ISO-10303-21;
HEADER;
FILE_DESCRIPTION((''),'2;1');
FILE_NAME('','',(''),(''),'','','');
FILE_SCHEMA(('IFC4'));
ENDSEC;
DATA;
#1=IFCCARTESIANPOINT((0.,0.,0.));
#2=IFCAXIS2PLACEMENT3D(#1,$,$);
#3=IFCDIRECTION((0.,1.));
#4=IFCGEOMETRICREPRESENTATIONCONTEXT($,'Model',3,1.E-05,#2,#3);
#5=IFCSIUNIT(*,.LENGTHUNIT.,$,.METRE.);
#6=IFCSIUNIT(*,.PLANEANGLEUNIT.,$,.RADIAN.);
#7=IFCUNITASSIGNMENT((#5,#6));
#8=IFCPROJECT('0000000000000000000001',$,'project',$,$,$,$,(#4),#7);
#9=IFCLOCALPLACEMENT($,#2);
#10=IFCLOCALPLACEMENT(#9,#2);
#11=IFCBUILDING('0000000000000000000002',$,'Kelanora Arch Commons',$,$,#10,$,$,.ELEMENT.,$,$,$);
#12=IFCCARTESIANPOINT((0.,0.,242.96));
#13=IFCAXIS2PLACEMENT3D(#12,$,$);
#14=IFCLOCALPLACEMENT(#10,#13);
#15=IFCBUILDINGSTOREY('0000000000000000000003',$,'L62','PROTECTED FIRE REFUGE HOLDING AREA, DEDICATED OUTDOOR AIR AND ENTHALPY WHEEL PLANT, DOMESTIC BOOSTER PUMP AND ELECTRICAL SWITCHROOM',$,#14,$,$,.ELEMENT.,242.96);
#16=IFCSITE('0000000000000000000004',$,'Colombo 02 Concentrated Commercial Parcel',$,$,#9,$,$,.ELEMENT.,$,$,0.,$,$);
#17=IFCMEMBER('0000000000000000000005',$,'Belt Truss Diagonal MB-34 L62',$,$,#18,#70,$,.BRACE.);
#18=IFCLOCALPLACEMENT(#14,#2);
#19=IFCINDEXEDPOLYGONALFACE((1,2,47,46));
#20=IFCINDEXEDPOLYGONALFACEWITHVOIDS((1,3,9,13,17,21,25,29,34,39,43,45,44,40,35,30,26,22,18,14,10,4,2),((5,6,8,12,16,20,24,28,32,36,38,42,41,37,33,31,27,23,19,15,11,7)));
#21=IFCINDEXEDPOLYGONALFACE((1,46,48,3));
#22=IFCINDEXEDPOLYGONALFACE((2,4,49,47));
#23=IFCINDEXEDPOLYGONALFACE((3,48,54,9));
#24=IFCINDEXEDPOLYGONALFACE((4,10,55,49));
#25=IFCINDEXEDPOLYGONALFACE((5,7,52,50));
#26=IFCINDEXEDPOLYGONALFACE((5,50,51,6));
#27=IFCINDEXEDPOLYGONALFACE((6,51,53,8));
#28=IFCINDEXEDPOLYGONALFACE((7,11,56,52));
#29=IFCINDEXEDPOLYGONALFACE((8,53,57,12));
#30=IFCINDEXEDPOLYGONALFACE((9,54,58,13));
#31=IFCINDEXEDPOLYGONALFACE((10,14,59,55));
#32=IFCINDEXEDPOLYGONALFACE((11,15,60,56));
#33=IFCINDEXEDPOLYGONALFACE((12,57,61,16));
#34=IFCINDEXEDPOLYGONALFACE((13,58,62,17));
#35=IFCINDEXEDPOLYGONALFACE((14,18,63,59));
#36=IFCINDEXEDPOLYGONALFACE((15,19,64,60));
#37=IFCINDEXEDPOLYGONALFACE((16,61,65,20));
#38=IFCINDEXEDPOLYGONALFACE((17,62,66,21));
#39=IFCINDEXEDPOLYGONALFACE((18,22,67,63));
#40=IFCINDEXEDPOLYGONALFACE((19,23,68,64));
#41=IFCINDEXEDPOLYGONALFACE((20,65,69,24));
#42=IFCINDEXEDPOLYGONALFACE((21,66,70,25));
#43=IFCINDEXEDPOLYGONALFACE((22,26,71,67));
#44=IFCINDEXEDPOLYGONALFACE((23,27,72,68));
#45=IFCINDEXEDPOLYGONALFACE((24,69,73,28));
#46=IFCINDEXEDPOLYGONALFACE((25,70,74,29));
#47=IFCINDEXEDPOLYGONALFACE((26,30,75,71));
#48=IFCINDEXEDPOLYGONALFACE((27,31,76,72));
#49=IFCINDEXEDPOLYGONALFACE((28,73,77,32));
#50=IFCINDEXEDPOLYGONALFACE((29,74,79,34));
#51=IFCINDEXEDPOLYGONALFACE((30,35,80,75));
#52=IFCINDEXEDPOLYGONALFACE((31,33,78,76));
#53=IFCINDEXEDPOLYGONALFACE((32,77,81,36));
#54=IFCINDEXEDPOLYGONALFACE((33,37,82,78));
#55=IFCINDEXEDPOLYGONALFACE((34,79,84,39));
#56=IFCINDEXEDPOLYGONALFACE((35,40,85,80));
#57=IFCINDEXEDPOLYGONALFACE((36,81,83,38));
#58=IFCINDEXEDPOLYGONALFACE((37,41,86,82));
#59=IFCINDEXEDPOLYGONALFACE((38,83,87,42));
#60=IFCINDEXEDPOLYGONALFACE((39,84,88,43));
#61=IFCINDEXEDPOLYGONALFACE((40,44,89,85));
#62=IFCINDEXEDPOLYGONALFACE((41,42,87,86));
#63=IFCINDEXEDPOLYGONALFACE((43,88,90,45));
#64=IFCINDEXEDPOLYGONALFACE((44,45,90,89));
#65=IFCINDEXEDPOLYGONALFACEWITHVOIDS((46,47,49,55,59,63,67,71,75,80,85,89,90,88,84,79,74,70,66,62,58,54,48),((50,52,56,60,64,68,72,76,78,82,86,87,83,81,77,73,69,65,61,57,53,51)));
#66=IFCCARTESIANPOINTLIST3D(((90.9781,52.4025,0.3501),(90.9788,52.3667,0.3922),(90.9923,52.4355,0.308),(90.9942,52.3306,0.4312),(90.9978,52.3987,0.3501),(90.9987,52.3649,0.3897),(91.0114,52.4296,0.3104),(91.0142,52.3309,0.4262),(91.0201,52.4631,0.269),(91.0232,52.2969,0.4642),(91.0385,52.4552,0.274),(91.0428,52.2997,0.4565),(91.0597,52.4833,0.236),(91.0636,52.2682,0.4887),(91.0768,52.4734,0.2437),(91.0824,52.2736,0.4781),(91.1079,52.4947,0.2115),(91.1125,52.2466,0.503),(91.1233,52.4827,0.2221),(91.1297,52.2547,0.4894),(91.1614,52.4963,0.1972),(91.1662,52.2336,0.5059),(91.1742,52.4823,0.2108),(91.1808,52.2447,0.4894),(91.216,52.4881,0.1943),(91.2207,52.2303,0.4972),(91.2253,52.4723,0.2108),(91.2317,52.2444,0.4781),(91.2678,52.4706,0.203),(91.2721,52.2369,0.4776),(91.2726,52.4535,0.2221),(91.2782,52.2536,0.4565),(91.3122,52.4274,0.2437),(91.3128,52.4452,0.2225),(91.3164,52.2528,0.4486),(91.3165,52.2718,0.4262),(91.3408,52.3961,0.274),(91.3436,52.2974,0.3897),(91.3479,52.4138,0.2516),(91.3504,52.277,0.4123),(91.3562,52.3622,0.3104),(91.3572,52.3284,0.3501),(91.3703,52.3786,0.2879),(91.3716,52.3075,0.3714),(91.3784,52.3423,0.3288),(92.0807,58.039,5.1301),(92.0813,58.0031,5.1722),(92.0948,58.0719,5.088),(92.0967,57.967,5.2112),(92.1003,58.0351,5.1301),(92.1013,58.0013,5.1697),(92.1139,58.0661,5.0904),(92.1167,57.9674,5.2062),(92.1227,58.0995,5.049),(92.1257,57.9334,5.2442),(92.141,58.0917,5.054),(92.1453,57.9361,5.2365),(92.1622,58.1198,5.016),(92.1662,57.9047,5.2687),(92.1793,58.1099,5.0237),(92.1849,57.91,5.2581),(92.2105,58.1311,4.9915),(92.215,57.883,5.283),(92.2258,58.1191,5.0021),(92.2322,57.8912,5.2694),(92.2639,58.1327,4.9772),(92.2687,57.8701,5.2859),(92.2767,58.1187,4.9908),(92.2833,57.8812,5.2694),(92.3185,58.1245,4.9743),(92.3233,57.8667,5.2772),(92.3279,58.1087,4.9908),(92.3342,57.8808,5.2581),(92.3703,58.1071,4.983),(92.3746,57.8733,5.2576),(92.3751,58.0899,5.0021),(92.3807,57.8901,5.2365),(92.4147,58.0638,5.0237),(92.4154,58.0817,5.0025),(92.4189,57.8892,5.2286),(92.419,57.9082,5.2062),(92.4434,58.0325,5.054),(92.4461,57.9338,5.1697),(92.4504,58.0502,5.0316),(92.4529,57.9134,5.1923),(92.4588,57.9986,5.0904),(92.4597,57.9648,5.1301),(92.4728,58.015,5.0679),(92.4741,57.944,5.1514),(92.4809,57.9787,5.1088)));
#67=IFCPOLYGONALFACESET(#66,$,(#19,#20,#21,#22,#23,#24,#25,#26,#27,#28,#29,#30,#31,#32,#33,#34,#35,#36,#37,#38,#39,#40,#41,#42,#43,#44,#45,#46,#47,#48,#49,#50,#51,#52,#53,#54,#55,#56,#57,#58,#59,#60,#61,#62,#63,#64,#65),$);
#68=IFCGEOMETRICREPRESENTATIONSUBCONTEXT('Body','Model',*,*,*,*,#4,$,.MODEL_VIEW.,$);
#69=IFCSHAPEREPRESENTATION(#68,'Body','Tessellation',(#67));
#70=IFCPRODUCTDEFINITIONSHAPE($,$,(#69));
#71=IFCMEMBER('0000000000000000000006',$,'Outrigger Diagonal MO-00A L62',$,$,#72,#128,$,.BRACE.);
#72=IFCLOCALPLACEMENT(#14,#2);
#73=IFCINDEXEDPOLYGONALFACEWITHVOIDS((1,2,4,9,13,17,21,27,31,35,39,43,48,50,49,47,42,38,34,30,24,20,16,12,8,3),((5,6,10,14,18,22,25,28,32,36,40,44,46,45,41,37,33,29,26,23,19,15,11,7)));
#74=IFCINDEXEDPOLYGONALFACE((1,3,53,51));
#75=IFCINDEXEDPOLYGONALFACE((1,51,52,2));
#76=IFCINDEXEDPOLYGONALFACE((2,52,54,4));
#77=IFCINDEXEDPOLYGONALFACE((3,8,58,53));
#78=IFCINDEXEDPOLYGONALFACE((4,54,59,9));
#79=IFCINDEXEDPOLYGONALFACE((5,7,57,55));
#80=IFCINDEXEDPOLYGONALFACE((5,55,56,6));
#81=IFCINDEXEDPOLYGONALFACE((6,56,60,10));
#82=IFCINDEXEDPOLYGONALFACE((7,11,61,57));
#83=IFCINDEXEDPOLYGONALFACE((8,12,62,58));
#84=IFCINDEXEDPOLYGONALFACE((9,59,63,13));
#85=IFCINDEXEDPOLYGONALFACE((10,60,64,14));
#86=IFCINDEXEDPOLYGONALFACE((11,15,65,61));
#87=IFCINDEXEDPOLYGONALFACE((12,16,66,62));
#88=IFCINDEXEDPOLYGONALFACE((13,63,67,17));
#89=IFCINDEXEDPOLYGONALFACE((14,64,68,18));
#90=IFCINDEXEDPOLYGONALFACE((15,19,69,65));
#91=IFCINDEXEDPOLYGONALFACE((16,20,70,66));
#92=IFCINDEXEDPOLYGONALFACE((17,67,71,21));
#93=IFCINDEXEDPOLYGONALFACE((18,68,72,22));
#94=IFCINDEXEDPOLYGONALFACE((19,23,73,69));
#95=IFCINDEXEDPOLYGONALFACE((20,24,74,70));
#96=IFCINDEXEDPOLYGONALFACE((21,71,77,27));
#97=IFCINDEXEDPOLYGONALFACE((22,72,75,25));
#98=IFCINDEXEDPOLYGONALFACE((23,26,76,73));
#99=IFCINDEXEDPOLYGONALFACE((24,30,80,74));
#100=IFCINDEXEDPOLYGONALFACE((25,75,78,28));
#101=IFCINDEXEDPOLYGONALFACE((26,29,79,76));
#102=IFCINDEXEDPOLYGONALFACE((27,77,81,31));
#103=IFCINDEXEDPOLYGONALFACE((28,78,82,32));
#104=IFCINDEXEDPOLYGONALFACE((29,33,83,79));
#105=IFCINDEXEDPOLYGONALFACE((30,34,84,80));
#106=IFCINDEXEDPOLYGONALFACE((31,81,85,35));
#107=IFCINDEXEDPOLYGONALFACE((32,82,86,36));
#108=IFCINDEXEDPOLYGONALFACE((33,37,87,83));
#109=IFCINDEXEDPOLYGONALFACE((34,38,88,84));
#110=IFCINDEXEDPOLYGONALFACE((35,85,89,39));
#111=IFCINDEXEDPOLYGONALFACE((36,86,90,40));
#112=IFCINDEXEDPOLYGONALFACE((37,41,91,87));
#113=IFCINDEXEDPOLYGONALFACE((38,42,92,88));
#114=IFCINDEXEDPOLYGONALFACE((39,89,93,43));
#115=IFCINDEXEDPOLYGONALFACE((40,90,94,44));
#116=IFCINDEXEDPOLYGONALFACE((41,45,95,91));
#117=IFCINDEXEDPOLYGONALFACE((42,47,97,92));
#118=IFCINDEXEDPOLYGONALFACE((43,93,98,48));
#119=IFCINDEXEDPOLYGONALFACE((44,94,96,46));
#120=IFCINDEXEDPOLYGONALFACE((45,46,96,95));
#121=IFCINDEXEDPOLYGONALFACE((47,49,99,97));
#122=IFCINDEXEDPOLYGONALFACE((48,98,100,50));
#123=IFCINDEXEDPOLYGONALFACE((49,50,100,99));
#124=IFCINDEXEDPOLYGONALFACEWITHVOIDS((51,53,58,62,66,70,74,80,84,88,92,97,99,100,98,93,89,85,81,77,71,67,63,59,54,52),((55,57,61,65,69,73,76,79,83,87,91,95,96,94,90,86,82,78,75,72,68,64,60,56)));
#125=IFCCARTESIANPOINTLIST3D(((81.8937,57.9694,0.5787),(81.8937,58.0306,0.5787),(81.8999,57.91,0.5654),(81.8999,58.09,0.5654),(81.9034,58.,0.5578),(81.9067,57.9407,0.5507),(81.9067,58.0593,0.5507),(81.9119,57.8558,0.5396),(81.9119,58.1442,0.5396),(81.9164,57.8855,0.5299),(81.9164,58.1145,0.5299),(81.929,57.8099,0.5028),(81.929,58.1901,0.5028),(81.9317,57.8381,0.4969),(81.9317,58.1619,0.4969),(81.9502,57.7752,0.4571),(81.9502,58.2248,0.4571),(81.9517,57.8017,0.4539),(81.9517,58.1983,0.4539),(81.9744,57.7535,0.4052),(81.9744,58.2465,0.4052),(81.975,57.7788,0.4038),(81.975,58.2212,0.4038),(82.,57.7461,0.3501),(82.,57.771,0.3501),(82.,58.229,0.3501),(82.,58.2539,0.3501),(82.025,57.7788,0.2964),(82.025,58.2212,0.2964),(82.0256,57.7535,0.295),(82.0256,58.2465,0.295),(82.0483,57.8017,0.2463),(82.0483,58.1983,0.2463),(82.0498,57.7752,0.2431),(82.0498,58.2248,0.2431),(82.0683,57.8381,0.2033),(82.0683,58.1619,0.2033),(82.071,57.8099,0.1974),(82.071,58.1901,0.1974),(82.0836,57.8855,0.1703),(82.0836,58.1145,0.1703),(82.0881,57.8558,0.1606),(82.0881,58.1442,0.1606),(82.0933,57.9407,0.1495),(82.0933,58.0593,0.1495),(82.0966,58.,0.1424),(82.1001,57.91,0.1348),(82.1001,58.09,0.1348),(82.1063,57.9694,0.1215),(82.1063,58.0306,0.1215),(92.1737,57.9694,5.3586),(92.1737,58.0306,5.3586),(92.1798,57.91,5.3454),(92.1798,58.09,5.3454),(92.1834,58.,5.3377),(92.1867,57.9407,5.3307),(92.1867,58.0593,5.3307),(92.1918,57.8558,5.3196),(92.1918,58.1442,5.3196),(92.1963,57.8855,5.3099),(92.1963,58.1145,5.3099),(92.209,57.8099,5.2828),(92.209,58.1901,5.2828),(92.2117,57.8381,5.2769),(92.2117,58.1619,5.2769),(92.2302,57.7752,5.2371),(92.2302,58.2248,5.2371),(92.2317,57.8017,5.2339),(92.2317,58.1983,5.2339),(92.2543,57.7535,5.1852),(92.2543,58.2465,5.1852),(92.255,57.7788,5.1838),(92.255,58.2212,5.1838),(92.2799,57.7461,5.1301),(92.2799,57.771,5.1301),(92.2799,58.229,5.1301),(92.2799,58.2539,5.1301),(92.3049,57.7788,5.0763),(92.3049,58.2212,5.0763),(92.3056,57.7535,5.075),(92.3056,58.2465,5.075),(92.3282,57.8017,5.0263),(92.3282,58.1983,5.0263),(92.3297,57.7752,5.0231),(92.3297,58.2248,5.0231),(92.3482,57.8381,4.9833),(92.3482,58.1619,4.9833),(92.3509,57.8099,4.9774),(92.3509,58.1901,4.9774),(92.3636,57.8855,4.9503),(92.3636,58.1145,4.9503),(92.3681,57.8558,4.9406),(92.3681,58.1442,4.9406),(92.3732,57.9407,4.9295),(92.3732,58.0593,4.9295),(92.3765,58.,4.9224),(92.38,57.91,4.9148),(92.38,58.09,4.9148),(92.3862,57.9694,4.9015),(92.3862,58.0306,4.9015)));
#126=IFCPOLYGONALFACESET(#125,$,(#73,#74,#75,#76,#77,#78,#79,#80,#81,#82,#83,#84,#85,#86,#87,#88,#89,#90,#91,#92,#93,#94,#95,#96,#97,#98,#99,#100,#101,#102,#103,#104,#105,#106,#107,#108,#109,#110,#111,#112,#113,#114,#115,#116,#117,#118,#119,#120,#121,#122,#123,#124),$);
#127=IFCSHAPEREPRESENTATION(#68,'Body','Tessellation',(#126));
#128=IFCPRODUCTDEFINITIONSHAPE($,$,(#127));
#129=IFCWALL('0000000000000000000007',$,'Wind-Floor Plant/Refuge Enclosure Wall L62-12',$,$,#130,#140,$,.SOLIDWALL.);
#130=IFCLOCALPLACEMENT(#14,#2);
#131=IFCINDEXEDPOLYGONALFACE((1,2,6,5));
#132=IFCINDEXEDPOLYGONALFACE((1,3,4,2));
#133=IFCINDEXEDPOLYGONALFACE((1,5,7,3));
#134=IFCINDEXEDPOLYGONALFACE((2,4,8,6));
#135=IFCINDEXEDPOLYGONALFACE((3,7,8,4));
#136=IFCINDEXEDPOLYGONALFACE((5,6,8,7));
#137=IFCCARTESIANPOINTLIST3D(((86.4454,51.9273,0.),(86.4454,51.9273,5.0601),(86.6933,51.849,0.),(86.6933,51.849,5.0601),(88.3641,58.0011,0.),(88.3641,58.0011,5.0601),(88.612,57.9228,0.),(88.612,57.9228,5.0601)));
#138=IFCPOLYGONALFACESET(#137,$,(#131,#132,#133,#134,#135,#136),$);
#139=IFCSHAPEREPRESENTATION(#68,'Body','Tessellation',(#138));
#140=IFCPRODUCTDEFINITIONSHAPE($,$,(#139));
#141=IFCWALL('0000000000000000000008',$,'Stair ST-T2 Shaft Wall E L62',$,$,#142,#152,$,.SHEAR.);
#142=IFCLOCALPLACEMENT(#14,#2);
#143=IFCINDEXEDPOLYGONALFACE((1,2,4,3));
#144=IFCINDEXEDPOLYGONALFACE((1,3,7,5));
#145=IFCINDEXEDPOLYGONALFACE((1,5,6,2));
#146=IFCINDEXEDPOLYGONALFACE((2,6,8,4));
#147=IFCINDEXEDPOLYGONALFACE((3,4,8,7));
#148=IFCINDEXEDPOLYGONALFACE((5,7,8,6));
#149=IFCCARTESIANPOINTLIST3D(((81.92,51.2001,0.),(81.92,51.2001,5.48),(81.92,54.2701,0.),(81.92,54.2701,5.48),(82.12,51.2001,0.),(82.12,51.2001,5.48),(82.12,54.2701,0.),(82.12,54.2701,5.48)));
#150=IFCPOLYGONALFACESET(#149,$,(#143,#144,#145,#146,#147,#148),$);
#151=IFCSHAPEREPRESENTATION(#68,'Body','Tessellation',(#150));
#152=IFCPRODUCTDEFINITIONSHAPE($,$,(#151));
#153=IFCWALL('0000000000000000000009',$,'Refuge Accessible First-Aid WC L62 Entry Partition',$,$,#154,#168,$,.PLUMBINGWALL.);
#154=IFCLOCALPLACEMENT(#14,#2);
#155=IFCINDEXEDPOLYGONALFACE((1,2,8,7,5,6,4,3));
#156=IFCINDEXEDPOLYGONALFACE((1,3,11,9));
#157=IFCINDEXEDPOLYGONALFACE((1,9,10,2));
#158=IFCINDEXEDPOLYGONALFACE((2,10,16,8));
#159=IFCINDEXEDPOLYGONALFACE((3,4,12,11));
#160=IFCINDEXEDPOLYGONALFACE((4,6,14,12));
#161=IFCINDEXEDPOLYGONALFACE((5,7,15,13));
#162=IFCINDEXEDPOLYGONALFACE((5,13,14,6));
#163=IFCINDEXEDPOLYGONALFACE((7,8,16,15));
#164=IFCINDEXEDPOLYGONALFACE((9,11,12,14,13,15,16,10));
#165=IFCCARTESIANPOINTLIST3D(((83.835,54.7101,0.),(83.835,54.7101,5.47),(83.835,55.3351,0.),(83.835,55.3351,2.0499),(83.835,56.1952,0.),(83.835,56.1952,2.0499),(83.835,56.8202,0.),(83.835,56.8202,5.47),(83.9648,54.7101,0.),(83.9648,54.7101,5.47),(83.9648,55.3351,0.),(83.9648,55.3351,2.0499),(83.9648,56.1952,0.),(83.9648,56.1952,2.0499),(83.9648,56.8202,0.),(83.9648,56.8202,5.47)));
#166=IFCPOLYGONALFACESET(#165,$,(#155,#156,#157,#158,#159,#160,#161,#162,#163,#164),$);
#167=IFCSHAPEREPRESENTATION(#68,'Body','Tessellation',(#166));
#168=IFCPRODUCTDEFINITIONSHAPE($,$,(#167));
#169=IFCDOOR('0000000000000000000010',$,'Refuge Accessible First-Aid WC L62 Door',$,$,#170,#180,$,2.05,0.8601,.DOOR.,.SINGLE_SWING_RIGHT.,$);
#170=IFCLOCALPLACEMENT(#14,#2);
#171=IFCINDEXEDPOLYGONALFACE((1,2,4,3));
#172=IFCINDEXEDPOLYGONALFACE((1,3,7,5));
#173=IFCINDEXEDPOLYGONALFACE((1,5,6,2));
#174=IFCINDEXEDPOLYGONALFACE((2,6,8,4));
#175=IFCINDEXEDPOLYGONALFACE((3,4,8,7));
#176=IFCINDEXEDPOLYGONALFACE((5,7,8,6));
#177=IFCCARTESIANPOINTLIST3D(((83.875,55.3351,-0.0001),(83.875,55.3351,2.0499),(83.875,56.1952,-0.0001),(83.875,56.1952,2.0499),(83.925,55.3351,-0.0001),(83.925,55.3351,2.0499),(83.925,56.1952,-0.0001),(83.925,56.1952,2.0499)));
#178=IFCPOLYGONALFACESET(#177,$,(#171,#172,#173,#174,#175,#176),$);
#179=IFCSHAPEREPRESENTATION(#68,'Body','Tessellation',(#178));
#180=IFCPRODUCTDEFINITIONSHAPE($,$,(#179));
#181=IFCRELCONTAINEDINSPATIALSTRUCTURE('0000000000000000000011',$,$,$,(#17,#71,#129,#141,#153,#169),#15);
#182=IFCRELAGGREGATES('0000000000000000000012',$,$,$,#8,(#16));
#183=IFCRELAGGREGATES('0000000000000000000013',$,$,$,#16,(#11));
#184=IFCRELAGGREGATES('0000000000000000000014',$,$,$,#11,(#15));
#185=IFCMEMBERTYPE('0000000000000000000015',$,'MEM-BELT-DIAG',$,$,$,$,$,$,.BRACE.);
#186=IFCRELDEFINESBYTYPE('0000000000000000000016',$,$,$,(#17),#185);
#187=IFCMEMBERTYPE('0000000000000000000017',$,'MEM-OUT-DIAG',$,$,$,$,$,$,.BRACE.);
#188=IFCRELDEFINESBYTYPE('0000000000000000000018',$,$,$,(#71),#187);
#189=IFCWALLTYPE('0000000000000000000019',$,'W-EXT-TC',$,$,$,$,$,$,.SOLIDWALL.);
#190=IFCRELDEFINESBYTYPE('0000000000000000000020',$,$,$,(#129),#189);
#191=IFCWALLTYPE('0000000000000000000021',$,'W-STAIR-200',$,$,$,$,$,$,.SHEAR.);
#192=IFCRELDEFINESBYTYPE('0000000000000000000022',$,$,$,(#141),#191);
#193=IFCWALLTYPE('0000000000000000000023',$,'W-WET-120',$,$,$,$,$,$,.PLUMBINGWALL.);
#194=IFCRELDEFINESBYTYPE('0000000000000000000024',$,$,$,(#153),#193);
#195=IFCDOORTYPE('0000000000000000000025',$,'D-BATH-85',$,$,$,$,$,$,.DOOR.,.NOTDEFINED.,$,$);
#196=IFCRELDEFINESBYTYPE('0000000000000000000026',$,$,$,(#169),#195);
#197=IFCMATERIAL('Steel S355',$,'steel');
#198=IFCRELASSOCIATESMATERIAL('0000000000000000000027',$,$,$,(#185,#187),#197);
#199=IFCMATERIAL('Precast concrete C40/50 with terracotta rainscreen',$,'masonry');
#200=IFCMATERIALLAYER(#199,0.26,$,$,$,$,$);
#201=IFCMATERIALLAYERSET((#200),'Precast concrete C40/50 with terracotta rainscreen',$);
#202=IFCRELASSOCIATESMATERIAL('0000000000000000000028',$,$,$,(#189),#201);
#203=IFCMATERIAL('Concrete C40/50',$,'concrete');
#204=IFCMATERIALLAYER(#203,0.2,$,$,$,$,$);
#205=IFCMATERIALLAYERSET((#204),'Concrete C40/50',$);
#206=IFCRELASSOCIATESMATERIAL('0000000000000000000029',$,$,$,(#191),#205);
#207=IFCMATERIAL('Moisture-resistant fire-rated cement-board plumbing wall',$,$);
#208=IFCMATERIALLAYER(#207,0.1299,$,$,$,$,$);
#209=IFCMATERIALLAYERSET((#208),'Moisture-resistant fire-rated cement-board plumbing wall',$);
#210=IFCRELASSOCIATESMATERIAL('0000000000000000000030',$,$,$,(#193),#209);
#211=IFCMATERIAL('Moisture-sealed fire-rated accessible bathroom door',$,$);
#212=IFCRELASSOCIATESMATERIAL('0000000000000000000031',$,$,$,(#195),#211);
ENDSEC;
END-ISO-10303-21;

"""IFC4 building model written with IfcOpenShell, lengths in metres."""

from ifc_helpers import new_model, si_unit, direction, frame, frame_2d, origin, origin_2d, place, context, subcontext, project, spatial, rectangle, hollow_circle, extrude, material, layer, layer_set, material_profile, profile_set, type_object, element, fill, save


model = new_model("IFC4")

# Units and contexts
model_context = context("Model", 3, precision=1e-05, world=origin(), true_north=direction((0.0, 1.0)))
body_context = subcontext(model_context, "Body", "Model", "MODEL_VIEW")
ifc_project = project(units=[si_unit("LENGTHUNIT", "METRE"), si_unit("PLANEANGLEUNIT", "RADIAN")], contexts=[model_context])

# Site, building, storey
site_placement = place(None, origin())
site = spatial("IfcSite", under=ifc_project, at=site_placement, Name="Colombo 02 Concentrated Commercial Parcel", CompositionType="ELEMENT", RefElevation=0.0)
building_placement = place(site_placement, origin())
building = spatial("IfcBuilding", under=site, at=building_placement, Name="Kelanora Arch Commons", CompositionType="ELEMENT")
storey_placement = place(building_placement, frame((0.0, 0.0, 242.96)))
storey = spatial("IfcBuildingStorey", under=building, at=storey_placement, Name="L62", Description="PROTECTED FIRE REFUGE HOLDING AREA, DEDICATED OUTDOOR AIR AND ENTHALPY WHEEL PLANT, DOMESTIC BOOSTER PUMP AND ELECTRICAL SWITCHROOM", CompositionType="ELEMENT", Elevation=242.96)

# Shared definitions
ifc_material_1 = material(Name="Steel S355", Category="steel")

# Members
ifc_material_profile_1 = material_profile(ifc_material_1, hollow_circle(Radius=0.2031, WallThickness=0.02, at=origin_2d()), Name="CHS406.4x20")
ifc_profile_set_1 = profile_set([ifc_material_profile_1], Name="Steel S355")
member_type_1 = type_object("IfcMemberType", Name="MEM-BELT-DIAG", PredefinedType="BRACE", material=ifc_profile_set_1)
member_1_placement = place(storey_placement, frame((91.1775, 52.3635, 0.3501), z_axis=(0.147552, 0.754324, 0.639706), x_axis=(-0.981401, 0.19197, 0.0)))
element("IfcMember", 1, at=member_1_placement, inside=storey, type_object=member_type_1, Name="Belt Truss Diagonal MB-34 L62", PredefinedType="BRACE", context=body_context, shape_type="SweptSolid", body=[
    extrude(hollow_circle(Radius=0.2031, WallThickness=0.02, at=origin_2d()), origin(), (0.0, 0.0, 1.0), 7.4722),
])
ifc_material_profile_2 = material_profile(ifc_material_1, hollow_circle(Radius=0.2539, WallThickness=0.0249, at=origin_2d()), Name="CHS508x25")
ifc_profile_set_2 = profile_set([ifc_material_profile_2], Name="Steel S355")
member_type_2 = type_object("IfcMemberType", Name="MEM-OUT-DIAG", PredefinedType="BRACE", material=ifc_profile_set_2)
member_2_placement = place(storey_placement, frame((82.0, 58.0, 0.3501), z_axis=(0.906768, 0.0, 0.421631), x_axis=(0.0, 1.0, 0.0)))
element("IfcMember", 2, at=member_2_placement, inside=storey, type_object=member_type_2, Name="Outrigger Diagonal MO-00A L62", PredefinedType="BRACE", context=body_context, shape_type="SweptSolid", body=[
    extrude(hollow_circle(Radius=0.2539, WallThickness=0.0249, at=origin_2d()), origin(), (0.0, 0.0, 1.0), 11.3369),
])

# Walls
ifc_material_2 = material(Name="Precast concrete C40/50 with terracotta rainscreen", Category="masonry")
ifc_layer_1 = layer(ifc_material_2, 0.26)
ifc_layer_set_1 = layer_set([ifc_layer_1], Name="Precast concrete C40/50 with terracotta rainscreen")
wall_type_1 = type_object("IfcWallType", Name="W-EXT-TC", PredefinedType="SOLIDWALL", material=ifc_layer_set_1)
wall_1_placement = place(storey_placement, frame((86.5693, 51.8882, 0.0), z_axis=(0.0, 0.0, 1.0), x_axis=(0.301229, 0.953552, 0.0)))
element("IfcWall", 3, at=wall_1_placement, inside=storey, type_object=wall_type_1, Name="Wind-Floor Plant/Refuge Enclosure Wall L62-12", PredefinedType="SOLIDWALL", context=body_context, shape_type="SweptSolid", body=[
    extrude(rectangle(XDim=6.3696, YDim=0.26, at=frame_2d((3.1848, 0.0))), origin(), (0.0, 0.0, 1.0), 5.0601),
])
ifc_material_3 = material(Name="Concrete C40/50", Category="concrete")
ifc_layer_2 = layer(ifc_material_3, 0.2)
ifc_layer_set_2 = layer_set([ifc_layer_2], Name="Concrete C40/50")
wall_type_2 = type_object("IfcWallType", Name="W-STAIR-200", PredefinedType="SHEAR", material=ifc_layer_set_2)
wall_2_placement = place(storey_placement, frame((82.02, 51.2, 0.0), z_axis=(0.0, 0.0, 1.0), x_axis=(0.0, 1.0, 0.0)))
element("IfcWall", 4, at=wall_2_placement, inside=storey, type_object=wall_type_2, Name="Stair ST-T2 Shaft Wall E L62", PredefinedType="SHEAR", context=body_context, shape_type="SweptSolid", body=[
    extrude(rectangle(XDim=3.0701, YDim=0.2, at=frame_2d((1.5352, 0.0))), origin(), (0.0, 0.0, 1.0), 5.48),
])

# Wall, opening, door
ifc_material_4 = material(Name="Moisture-resistant fire-rated cement-board plumbing wall")
ifc_layer_3 = layer(ifc_material_4, 0.1299)
ifc_layer_set_3 = layer_set([ifc_layer_3], Name="Moisture-resistant fire-rated cement-board plumbing wall")
wall_type_3 = type_object("IfcWallType", Name="W-WET-120", PredefinedType="PLUMBINGWALL", material=ifc_layer_set_3)
wall_3_placement = place(storey_placement, frame((83.8999, 54.71, 0.0), z_axis=(0.0, 0.0, 1.0), x_axis=(0.0, 1.0, 0.0)))
wall_3 = element("IfcWall", 5, at=wall_3_placement, inside=storey, type_object=wall_type_3, Name="Refuge Accessible First-Aid WC L62 Entry Partition", PredefinedType="PLUMBINGWALL", context=body_context, shape_type="SweptSolid", body=[
    extrude(rectangle(XDim=2.1101, YDim=0.1299, at=frame_2d((1.0552, 0.0))), origin(), (0.0, 0.0, 1.0), 5.47),
])
opening_placement = place(wall_3_placement, frame((0.625, 0.0, 0.0)))
opening = element("IfcOpeningElement", 6, at=opening_placement, cuts=wall_3, PredefinedType="OPENING", context=body_context, shape_type="SweptSolid", body=[
    extrude(rectangle(XDim=0.8601, YDim=2.05, at=frame_2d((0.4302, 1.0249))), frame((0.0, 0.075, 0.0), z_axis=(0.0, -1.0, 0.0), x_axis=(1.0, 0.0, 0.0)), (0.0, 0.0, 1.0), 0.1499),
])
ifc_material_5 = material(Name="Moisture-sealed fire-rated accessible bathroom door")
door_type = type_object("IfcDoorType", Name="D-BATH-85", OperationType="NOTDEFINED", PredefinedType="DOOR", material=ifc_material_5)
door_placement = place(opening_placement, origin())
door = element("IfcDoor", 7, at=door_placement, inside=storey, type_object=door_type, Name="Refuge Accessible First-Aid WC L62 Door", OperationType="SINGLE_SWING_RIGHT", OverallHeight=2.05, OverallWidth=0.8601, PredefinedType="DOOR", context=body_context, shape_type="SweptSolid", body=[
    extrude(rectangle(XDim=0.8601, YDim=2.05, at=frame_2d((0.4302, 1.0249))), frame((0.0, 0.0249, 0.0), z_axis=(0.0, -1.0, 0.0), x_axis=(1.0, 0.0, 0.0)), (0.0, 0.0, 1.0), 0.05),
])
fill(opening, door)

save(model, "model.ifc")
